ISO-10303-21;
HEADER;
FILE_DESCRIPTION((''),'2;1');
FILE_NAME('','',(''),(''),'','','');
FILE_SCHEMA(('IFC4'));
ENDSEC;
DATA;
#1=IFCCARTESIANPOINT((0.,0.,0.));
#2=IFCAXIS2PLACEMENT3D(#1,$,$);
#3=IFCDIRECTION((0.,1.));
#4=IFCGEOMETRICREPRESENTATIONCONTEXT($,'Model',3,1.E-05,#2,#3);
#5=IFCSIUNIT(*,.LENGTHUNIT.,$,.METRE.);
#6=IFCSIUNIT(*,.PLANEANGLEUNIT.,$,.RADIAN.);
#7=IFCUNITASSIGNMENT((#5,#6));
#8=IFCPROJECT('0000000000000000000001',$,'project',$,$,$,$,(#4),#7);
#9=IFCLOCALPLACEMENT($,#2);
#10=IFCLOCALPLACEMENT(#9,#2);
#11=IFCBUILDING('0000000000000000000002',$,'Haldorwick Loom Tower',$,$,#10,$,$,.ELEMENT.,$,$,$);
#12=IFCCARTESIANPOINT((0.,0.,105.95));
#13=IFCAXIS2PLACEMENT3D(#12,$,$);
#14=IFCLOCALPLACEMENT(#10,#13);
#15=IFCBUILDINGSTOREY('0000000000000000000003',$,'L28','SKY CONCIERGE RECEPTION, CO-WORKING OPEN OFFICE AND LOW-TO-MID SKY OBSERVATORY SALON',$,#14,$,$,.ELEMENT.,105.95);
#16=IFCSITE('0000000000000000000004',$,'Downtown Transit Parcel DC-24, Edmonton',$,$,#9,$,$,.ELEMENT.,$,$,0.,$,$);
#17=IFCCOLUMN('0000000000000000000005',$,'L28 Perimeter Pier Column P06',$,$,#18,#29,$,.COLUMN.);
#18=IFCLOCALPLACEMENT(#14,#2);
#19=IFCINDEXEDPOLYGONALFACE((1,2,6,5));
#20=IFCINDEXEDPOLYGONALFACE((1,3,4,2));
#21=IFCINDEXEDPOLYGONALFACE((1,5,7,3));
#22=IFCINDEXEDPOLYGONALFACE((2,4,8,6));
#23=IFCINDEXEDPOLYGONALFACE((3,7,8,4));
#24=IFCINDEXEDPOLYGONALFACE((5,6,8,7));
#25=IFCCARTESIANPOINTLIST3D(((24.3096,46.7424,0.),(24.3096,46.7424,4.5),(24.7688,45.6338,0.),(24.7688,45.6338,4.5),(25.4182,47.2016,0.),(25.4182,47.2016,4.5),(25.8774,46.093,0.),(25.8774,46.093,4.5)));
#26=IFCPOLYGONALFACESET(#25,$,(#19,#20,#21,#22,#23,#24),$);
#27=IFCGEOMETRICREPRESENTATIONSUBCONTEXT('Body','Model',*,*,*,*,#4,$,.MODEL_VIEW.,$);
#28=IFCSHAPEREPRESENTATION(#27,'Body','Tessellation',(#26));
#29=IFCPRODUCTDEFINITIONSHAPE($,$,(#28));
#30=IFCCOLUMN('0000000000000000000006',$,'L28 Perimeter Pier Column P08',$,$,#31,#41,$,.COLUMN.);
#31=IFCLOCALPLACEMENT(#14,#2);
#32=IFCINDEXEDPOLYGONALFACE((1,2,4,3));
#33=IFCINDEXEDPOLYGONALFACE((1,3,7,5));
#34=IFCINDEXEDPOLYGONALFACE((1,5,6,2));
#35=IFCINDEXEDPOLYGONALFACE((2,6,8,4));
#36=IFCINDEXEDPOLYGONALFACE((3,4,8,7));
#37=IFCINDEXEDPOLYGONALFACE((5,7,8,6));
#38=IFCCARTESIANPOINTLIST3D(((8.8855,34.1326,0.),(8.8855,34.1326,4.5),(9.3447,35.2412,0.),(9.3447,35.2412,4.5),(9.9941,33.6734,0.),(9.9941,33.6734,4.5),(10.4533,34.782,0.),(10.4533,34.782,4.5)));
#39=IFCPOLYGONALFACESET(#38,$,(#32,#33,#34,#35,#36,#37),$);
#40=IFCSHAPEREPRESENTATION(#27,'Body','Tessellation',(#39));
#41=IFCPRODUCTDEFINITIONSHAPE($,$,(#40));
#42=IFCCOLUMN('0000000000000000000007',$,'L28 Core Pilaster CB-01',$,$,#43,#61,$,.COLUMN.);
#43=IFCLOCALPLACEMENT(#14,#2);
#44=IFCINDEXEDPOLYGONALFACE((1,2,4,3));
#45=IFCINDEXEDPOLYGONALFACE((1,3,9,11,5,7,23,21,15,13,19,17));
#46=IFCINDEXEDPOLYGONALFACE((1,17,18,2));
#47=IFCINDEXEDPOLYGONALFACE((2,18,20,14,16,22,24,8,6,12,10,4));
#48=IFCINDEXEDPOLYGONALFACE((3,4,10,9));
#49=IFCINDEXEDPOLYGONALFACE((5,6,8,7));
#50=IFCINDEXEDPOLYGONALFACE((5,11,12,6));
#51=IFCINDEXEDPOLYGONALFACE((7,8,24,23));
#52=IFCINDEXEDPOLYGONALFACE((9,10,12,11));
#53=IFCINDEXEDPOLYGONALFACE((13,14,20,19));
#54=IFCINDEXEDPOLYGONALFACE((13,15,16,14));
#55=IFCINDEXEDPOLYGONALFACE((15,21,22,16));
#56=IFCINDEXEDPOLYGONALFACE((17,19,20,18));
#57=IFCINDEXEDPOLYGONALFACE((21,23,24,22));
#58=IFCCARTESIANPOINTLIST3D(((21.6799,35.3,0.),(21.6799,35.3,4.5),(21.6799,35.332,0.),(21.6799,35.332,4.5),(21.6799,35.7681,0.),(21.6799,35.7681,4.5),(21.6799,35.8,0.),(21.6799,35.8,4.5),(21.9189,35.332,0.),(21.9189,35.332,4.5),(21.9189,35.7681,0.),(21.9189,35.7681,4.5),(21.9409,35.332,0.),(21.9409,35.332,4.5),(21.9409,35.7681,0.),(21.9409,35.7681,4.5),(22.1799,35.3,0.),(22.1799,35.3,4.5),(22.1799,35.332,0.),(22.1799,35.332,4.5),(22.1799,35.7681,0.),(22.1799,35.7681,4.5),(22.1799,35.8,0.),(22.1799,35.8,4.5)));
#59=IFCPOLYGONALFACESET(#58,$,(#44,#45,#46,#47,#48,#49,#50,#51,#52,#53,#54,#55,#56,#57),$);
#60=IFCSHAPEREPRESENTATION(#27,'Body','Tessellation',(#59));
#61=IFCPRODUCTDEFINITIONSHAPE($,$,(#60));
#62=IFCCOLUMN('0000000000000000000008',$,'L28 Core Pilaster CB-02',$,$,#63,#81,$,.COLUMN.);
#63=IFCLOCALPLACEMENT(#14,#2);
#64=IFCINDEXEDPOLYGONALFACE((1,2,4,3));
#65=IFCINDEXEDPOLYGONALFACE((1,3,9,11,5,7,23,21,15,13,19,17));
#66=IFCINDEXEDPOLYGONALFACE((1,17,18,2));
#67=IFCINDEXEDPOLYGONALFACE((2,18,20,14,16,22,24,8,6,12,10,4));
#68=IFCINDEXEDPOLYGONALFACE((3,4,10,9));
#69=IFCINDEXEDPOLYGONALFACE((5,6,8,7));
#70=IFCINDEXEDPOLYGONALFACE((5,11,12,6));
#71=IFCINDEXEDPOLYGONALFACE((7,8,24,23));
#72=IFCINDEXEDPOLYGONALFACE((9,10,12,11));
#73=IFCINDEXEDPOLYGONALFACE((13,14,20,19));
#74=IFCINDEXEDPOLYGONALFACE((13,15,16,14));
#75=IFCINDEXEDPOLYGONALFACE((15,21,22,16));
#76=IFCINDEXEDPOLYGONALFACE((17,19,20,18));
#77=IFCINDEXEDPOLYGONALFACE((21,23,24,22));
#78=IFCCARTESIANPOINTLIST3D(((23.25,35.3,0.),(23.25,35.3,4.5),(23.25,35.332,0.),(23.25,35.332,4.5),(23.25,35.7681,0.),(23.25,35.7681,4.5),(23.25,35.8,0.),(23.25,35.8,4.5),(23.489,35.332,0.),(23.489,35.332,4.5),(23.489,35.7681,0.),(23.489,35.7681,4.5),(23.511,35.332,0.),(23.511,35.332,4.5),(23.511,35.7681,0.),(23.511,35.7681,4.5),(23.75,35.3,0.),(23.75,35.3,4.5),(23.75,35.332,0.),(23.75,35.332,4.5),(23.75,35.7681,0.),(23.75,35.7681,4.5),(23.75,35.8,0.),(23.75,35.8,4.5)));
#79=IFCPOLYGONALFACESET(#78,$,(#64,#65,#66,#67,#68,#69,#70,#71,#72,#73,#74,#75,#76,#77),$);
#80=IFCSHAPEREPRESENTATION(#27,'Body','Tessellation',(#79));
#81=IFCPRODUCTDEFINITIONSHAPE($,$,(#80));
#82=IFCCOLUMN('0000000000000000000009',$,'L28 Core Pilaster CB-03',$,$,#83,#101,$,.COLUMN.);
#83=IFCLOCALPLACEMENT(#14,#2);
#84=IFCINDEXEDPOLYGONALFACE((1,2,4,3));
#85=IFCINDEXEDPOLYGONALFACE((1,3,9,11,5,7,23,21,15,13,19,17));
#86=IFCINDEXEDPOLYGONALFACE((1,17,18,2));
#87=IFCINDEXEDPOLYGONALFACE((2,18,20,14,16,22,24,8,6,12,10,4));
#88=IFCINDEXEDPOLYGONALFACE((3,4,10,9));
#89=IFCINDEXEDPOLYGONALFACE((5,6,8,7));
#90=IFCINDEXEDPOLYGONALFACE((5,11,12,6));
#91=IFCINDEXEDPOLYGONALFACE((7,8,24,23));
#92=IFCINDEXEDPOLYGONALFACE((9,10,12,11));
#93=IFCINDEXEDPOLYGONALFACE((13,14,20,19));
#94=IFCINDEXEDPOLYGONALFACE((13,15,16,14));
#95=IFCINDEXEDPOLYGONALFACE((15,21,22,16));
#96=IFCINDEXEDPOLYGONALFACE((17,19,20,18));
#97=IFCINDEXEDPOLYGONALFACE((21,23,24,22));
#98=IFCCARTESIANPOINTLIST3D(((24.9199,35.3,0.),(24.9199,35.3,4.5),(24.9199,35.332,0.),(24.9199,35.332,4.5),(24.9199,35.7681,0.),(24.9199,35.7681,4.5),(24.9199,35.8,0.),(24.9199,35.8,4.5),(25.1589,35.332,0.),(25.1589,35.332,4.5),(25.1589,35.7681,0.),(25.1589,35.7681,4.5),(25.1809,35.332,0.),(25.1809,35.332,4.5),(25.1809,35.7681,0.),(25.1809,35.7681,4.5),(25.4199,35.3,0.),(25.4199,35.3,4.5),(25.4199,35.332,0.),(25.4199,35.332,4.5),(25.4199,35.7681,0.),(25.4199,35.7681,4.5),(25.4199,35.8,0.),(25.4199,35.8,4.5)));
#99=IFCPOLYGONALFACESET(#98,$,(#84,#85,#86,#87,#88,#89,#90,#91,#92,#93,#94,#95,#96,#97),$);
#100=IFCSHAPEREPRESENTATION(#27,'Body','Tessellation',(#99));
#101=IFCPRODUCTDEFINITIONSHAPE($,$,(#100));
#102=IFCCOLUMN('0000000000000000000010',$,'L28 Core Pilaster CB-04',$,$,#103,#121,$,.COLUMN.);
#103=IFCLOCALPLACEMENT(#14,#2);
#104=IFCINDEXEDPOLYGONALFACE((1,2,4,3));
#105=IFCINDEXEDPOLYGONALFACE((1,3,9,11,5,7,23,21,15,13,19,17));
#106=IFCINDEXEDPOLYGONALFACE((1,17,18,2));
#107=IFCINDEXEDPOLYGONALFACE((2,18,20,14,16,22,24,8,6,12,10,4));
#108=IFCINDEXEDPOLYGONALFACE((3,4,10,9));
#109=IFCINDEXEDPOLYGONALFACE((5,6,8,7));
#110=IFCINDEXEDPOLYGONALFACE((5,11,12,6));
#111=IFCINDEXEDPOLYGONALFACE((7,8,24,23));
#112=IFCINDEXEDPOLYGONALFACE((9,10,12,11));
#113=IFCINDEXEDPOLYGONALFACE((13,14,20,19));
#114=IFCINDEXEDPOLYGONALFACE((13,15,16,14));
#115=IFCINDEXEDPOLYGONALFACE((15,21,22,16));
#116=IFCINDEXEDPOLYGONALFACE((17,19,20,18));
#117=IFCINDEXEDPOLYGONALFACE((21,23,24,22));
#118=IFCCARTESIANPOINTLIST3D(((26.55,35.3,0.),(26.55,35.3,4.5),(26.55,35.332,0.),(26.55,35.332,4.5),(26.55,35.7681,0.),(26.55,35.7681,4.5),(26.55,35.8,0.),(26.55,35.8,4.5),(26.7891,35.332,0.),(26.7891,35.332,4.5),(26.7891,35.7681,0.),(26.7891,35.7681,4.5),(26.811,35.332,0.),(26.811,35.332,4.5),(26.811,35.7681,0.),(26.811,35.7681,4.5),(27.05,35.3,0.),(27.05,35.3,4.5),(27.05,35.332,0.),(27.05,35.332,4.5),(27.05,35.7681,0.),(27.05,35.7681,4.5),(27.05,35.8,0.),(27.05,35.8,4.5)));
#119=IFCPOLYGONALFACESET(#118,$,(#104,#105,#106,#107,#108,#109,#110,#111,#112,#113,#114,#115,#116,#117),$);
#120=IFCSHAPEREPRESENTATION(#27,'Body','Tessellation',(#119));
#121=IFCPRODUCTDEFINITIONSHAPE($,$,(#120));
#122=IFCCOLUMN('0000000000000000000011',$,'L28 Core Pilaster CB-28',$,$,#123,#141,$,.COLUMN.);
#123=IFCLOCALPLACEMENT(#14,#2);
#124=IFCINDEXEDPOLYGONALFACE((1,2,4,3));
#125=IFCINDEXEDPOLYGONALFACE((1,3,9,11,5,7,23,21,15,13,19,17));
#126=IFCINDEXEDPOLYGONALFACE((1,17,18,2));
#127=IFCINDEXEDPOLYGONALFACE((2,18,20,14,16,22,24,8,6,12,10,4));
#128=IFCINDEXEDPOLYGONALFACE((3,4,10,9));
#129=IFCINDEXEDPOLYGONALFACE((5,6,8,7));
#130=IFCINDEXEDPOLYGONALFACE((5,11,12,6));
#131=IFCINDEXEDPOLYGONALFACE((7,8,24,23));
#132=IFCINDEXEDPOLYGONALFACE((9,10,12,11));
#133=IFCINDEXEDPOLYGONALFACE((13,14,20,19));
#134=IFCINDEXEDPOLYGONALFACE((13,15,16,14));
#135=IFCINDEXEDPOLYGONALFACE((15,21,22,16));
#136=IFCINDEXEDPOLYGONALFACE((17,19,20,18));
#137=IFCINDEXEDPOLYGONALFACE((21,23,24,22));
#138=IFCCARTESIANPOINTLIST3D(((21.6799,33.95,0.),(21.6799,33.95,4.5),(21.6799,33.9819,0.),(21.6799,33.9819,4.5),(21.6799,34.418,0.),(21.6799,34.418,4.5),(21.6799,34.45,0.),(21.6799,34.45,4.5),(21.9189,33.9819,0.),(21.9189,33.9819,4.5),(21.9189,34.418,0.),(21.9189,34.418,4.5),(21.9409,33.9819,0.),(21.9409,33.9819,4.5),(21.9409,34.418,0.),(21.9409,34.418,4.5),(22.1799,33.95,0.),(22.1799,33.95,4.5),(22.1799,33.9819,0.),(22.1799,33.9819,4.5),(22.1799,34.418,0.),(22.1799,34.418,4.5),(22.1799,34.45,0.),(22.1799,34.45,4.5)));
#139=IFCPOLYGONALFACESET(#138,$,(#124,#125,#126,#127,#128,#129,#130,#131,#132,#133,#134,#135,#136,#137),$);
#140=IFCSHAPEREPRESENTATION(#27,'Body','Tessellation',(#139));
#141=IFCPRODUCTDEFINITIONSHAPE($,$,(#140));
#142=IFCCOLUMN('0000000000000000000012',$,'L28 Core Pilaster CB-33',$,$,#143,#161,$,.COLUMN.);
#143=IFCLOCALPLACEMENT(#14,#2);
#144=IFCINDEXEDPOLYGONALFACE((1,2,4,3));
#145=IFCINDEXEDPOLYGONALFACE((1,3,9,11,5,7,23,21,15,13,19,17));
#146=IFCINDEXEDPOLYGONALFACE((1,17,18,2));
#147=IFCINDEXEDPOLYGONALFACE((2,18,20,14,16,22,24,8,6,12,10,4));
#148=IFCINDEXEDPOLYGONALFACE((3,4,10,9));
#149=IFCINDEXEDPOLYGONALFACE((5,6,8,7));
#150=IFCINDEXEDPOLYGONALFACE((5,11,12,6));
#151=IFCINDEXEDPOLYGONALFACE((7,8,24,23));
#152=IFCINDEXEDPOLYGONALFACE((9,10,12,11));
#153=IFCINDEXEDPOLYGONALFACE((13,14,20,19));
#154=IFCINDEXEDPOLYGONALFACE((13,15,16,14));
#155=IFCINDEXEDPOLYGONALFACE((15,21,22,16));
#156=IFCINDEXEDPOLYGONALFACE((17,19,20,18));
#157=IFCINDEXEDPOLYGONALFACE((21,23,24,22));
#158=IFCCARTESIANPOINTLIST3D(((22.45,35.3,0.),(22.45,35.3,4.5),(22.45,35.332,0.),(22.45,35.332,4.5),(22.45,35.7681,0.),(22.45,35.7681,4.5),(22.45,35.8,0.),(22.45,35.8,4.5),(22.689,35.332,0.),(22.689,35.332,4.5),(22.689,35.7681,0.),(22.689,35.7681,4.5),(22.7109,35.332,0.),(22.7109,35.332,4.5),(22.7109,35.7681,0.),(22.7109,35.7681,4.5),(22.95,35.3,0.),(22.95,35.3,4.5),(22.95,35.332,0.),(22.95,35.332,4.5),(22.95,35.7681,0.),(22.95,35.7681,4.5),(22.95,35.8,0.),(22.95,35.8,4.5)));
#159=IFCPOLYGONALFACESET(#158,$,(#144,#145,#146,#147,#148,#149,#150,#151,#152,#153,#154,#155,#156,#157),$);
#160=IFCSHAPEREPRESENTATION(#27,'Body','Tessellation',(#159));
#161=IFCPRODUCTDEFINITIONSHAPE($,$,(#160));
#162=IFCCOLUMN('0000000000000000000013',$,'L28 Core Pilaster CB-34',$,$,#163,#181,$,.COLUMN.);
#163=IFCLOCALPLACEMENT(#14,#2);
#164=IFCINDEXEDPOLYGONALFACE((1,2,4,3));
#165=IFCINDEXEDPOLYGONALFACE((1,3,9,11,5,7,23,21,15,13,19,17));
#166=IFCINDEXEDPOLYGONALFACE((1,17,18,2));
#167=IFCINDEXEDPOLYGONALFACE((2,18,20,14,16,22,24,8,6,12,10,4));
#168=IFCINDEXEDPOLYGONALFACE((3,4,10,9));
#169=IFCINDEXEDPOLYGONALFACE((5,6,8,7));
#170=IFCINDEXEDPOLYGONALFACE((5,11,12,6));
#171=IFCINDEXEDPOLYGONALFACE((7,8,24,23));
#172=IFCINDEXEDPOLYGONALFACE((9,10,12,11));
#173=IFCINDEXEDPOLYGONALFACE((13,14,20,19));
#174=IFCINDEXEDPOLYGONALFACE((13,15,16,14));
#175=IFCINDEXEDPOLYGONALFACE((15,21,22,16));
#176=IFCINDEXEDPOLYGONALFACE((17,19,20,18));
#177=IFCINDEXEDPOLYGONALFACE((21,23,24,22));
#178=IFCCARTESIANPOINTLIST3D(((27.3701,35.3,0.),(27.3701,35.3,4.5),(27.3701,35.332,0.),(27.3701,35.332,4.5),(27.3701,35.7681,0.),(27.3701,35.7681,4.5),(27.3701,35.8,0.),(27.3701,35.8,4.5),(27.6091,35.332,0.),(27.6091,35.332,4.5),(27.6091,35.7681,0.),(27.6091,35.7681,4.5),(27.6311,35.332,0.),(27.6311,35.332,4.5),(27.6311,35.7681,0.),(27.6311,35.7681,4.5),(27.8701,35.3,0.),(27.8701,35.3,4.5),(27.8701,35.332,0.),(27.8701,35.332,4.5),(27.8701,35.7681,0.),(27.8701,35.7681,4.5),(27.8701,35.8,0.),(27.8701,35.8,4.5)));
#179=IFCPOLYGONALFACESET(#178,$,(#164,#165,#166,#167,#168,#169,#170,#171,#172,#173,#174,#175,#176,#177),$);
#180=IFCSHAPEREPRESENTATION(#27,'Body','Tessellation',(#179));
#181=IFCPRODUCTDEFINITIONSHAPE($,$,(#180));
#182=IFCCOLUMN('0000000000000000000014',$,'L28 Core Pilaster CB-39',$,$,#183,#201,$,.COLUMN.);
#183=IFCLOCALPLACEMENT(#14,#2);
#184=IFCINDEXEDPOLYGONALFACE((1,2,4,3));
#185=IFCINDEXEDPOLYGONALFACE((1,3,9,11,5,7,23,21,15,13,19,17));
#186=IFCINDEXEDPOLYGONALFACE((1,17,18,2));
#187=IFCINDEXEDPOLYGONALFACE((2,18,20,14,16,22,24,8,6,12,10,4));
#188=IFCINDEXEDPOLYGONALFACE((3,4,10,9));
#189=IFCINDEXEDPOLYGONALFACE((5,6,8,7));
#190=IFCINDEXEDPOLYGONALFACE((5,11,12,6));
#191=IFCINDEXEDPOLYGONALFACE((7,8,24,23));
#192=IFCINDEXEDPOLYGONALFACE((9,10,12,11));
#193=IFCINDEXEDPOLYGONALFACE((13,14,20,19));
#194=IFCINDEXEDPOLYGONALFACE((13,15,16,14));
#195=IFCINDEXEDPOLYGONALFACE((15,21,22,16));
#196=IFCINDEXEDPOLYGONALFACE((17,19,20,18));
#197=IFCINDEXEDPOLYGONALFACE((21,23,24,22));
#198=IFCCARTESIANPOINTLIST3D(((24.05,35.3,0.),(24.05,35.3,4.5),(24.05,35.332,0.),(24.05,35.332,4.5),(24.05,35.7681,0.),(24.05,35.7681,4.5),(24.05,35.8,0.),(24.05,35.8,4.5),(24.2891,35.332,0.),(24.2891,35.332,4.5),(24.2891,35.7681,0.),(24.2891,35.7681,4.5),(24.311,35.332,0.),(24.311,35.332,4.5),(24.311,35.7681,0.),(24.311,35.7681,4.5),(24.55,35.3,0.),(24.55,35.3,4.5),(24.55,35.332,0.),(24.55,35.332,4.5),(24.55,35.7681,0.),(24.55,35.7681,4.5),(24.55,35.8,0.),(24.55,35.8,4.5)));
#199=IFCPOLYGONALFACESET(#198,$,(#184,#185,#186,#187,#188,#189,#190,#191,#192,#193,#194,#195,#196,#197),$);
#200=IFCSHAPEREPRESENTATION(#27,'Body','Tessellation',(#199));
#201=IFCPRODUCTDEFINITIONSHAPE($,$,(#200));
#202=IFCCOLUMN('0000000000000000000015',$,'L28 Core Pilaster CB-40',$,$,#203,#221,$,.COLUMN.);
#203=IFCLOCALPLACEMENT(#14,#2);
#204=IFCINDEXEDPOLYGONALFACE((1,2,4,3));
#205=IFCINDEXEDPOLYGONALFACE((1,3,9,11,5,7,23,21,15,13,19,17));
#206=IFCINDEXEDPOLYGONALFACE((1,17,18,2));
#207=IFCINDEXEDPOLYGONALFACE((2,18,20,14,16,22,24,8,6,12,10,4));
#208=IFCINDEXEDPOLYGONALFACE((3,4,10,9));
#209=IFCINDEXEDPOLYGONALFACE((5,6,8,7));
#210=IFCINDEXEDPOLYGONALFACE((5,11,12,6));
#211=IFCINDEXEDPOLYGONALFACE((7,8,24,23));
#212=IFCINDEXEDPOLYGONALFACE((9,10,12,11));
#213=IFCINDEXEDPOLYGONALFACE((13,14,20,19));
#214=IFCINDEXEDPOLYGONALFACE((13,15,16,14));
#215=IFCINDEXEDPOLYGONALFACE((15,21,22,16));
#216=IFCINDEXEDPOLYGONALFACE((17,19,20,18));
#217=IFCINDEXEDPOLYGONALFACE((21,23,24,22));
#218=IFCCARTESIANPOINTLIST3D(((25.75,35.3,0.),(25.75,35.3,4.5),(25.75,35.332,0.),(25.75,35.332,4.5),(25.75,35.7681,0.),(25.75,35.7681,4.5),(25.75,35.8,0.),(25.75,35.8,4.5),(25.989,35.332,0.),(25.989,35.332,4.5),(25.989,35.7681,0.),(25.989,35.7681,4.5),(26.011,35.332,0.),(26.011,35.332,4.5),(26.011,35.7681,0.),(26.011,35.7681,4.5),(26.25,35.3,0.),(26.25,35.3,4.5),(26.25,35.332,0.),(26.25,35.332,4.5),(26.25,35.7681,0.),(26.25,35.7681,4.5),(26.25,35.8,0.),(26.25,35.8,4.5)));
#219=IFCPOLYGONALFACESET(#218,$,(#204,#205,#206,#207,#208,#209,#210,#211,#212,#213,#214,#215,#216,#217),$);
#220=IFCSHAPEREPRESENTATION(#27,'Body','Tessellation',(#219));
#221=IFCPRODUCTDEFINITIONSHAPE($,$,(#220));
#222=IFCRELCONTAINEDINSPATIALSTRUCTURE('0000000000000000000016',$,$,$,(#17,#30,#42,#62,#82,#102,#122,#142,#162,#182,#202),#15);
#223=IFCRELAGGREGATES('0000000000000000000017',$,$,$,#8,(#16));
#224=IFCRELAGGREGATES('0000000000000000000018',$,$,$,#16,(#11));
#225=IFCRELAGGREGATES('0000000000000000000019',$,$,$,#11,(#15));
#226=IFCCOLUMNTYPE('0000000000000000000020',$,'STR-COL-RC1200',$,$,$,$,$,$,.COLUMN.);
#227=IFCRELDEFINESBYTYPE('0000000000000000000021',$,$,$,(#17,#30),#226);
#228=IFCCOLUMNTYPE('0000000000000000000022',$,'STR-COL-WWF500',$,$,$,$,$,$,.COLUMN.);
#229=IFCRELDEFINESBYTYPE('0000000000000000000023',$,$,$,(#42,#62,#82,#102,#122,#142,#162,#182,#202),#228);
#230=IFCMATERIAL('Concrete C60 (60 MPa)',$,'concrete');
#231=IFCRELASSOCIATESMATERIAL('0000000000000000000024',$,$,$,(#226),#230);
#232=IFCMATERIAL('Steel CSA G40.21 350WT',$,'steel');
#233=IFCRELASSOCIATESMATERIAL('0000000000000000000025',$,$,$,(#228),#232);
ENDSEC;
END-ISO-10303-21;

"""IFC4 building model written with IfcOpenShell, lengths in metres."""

from ifc_helpers import new_model, si_unit, direction, frame, origin, origin_2d, place, context, subcontext, project, spatial, rectangle, i_section, extrude, material, material_profile, profile_set, type_object, element, save


model = new_model("IFC4")

# Units and contexts
model_context = context("Model", 3, precision=1e-05, world=origin(), true_north=direction((0.0, 1.0)))
body_context = subcontext(model_context, "Body", "Model", "MODEL_VIEW")
ifc_project = project(units=[si_unit("LENGTHUNIT", "METRE"), si_unit("PLANEANGLEUNIT", "RADIAN")], contexts=[model_context])

# Site, building, storey
site_placement = place(None, origin())
site = spatial("IfcSite", under=ifc_project, at=site_placement, Name="Downtown Transit Parcel DC-24, Edmonton", CompositionType="ELEMENT", RefElevation=0.0)
building_placement = place(site_placement, origin())
building = spatial("IfcBuilding", under=site, at=building_placement, Name="Haldorwick Loom Tower", CompositionType="ELEMENT")
storey_placement = place(building_placement, frame((0.0, 0.0, 105.95)))
storey = spatial("IfcBuildingStorey", under=building, at=storey_placement, Name="L28", Description="SKY CONCIERGE RECEPTION, CO-WORKING OPEN OFFICE AND LOW-TO-MID SKY OBSERVATORY SALON", CompositionType="ELEMENT", Elevation=105.95)

# Columns
ifc_material_1 = material(Name="Concrete C60 (60 MPa)", Category="concrete")
ifc_material_profile_1 = material_profile(ifc_material_1, rectangle(XDim=1.2, YDim=1.2, at=origin_2d()), Name="RC1200X1200", Category="concrete")
ifc_profile_set_1 = profile_set([ifc_material_profile_1], Name="Concrete C60 (60 MPa)")
column_type_1 = type_object("IfcColumnType", Name="STR-COL-RC1200", PredefinedType="COLUMN", material=ifc_profile_set_1)
for number, where, z_axis, x_axis, name in (
    (1, (25.0935, 46.4177, 0.0), (0.0, 0.0, 1.0), (-0.382683, 0.92388, 0.0), "L28 Perimeter Pier Column P06"),
    (2, (9.6694, 34.4573, 0.0), (0.0, 0.0, 1.0), (-0.92388, 0.382683, 0.0), "L28 Perimeter Pier Column P08"),
):
    element("IfcColumn", number, at=place(storey_placement, frame(where, z_axis=z_axis, x_axis=x_axis)), inside=storey, type_object=column_type_1, Name=name, PredefinedType="COLUMN", context=body_context, shape_type="SweptSolid", body=[
        extrude(rectangle(XDim=1.2, YDim=1.2, at=origin_2d()), origin(), (0.0, 0.0, 1.0), 4.5),
    ])
ifc_material_2 = material(Name="Steel CSA G40.21 350WT", Category="steel")
ifc_material_profile_2 = material_profile(ifc_material_2, i_section(OverallWidth=0.5, OverallDepth=0.5, WebThickness=0.022, FlangeThickness=0.032, at=origin_2d()), Name="WWF500X500", Category="steel")
ifc_profile_set_2 = profile_set([ifc_material_profile_2], Name="Steel CSA G40.21 350WT")
column_type_2 = type_object("IfcColumnType", Name="STR-COL-WWF500", PredefinedType="COLUMN", material=ifc_profile_set_2)
for number, where, z_axis, x_axis, name in (
    (3, (21.9299, 35.55, 0.0), (0.0, 0.0, 1.0), (1.0, 0.0, 0.0), "L28 Core Pilaster CB-01"),
    (4, (23.5, 35.55, 0.0), (0.0, 0.0, 1.0), (1.0, 0.0, 0.0), "L28 Core Pilaster CB-02"),
    (5, (25.1699, 35.55, 0.0), (0.0, 0.0, 1.0), (1.0, 0.0, 0.0), "L28 Core Pilaster CB-03"),
    (6, (26.8, 35.55, 0.0), (0.0, 0.0, 1.0), (1.0, 0.0, 0.0), "L28 Core Pilaster CB-04"),
    (7, (21.9299, 34.2, 0.0), (0.0, 0.0, 1.0), (1.0, 0.0, 0.0), "L28 Core Pilaster CB-28"),
    (8, (22.7, 35.55, 0.0), (0.0, 0.0, 1.0), (1.0, 0.0, 0.0), "L28 Core Pilaster CB-33"),
    (9, (27.6201, 35.55, 0.0), (0.0, 0.0, 1.0), (1.0, 0.0, 0.0), "L28 Core Pilaster CB-34"),
    (10, (24.3, 35.55, 0.0), (0.0, 0.0, 1.0), (1.0, 0.0, 0.0), "L28 Core Pilaster CB-39"),
    (11, (26.0, 35.55, 0.0), (0.0, 0.0, 1.0), (1.0, 0.0, 0.0), "L28 Core Pilaster CB-40"),
):
    element("IfcColumn", number, at=place(storey_placement, frame(where, z_axis=z_axis, x_axis=x_axis)), inside=storey, type_object=column_type_2, Name=name, PredefinedType="COLUMN", context=body_context, shape_type="SweptSolid", body=[
        extrude(i_section(OverallWidth=0.5, OverallDepth=0.5, WebThickness=0.022, FlangeThickness=0.032, at=origin_2d()), origin(), (0.0, 0.0, 1.0), 4.5),
    ])

save(model, "model.ifc")
